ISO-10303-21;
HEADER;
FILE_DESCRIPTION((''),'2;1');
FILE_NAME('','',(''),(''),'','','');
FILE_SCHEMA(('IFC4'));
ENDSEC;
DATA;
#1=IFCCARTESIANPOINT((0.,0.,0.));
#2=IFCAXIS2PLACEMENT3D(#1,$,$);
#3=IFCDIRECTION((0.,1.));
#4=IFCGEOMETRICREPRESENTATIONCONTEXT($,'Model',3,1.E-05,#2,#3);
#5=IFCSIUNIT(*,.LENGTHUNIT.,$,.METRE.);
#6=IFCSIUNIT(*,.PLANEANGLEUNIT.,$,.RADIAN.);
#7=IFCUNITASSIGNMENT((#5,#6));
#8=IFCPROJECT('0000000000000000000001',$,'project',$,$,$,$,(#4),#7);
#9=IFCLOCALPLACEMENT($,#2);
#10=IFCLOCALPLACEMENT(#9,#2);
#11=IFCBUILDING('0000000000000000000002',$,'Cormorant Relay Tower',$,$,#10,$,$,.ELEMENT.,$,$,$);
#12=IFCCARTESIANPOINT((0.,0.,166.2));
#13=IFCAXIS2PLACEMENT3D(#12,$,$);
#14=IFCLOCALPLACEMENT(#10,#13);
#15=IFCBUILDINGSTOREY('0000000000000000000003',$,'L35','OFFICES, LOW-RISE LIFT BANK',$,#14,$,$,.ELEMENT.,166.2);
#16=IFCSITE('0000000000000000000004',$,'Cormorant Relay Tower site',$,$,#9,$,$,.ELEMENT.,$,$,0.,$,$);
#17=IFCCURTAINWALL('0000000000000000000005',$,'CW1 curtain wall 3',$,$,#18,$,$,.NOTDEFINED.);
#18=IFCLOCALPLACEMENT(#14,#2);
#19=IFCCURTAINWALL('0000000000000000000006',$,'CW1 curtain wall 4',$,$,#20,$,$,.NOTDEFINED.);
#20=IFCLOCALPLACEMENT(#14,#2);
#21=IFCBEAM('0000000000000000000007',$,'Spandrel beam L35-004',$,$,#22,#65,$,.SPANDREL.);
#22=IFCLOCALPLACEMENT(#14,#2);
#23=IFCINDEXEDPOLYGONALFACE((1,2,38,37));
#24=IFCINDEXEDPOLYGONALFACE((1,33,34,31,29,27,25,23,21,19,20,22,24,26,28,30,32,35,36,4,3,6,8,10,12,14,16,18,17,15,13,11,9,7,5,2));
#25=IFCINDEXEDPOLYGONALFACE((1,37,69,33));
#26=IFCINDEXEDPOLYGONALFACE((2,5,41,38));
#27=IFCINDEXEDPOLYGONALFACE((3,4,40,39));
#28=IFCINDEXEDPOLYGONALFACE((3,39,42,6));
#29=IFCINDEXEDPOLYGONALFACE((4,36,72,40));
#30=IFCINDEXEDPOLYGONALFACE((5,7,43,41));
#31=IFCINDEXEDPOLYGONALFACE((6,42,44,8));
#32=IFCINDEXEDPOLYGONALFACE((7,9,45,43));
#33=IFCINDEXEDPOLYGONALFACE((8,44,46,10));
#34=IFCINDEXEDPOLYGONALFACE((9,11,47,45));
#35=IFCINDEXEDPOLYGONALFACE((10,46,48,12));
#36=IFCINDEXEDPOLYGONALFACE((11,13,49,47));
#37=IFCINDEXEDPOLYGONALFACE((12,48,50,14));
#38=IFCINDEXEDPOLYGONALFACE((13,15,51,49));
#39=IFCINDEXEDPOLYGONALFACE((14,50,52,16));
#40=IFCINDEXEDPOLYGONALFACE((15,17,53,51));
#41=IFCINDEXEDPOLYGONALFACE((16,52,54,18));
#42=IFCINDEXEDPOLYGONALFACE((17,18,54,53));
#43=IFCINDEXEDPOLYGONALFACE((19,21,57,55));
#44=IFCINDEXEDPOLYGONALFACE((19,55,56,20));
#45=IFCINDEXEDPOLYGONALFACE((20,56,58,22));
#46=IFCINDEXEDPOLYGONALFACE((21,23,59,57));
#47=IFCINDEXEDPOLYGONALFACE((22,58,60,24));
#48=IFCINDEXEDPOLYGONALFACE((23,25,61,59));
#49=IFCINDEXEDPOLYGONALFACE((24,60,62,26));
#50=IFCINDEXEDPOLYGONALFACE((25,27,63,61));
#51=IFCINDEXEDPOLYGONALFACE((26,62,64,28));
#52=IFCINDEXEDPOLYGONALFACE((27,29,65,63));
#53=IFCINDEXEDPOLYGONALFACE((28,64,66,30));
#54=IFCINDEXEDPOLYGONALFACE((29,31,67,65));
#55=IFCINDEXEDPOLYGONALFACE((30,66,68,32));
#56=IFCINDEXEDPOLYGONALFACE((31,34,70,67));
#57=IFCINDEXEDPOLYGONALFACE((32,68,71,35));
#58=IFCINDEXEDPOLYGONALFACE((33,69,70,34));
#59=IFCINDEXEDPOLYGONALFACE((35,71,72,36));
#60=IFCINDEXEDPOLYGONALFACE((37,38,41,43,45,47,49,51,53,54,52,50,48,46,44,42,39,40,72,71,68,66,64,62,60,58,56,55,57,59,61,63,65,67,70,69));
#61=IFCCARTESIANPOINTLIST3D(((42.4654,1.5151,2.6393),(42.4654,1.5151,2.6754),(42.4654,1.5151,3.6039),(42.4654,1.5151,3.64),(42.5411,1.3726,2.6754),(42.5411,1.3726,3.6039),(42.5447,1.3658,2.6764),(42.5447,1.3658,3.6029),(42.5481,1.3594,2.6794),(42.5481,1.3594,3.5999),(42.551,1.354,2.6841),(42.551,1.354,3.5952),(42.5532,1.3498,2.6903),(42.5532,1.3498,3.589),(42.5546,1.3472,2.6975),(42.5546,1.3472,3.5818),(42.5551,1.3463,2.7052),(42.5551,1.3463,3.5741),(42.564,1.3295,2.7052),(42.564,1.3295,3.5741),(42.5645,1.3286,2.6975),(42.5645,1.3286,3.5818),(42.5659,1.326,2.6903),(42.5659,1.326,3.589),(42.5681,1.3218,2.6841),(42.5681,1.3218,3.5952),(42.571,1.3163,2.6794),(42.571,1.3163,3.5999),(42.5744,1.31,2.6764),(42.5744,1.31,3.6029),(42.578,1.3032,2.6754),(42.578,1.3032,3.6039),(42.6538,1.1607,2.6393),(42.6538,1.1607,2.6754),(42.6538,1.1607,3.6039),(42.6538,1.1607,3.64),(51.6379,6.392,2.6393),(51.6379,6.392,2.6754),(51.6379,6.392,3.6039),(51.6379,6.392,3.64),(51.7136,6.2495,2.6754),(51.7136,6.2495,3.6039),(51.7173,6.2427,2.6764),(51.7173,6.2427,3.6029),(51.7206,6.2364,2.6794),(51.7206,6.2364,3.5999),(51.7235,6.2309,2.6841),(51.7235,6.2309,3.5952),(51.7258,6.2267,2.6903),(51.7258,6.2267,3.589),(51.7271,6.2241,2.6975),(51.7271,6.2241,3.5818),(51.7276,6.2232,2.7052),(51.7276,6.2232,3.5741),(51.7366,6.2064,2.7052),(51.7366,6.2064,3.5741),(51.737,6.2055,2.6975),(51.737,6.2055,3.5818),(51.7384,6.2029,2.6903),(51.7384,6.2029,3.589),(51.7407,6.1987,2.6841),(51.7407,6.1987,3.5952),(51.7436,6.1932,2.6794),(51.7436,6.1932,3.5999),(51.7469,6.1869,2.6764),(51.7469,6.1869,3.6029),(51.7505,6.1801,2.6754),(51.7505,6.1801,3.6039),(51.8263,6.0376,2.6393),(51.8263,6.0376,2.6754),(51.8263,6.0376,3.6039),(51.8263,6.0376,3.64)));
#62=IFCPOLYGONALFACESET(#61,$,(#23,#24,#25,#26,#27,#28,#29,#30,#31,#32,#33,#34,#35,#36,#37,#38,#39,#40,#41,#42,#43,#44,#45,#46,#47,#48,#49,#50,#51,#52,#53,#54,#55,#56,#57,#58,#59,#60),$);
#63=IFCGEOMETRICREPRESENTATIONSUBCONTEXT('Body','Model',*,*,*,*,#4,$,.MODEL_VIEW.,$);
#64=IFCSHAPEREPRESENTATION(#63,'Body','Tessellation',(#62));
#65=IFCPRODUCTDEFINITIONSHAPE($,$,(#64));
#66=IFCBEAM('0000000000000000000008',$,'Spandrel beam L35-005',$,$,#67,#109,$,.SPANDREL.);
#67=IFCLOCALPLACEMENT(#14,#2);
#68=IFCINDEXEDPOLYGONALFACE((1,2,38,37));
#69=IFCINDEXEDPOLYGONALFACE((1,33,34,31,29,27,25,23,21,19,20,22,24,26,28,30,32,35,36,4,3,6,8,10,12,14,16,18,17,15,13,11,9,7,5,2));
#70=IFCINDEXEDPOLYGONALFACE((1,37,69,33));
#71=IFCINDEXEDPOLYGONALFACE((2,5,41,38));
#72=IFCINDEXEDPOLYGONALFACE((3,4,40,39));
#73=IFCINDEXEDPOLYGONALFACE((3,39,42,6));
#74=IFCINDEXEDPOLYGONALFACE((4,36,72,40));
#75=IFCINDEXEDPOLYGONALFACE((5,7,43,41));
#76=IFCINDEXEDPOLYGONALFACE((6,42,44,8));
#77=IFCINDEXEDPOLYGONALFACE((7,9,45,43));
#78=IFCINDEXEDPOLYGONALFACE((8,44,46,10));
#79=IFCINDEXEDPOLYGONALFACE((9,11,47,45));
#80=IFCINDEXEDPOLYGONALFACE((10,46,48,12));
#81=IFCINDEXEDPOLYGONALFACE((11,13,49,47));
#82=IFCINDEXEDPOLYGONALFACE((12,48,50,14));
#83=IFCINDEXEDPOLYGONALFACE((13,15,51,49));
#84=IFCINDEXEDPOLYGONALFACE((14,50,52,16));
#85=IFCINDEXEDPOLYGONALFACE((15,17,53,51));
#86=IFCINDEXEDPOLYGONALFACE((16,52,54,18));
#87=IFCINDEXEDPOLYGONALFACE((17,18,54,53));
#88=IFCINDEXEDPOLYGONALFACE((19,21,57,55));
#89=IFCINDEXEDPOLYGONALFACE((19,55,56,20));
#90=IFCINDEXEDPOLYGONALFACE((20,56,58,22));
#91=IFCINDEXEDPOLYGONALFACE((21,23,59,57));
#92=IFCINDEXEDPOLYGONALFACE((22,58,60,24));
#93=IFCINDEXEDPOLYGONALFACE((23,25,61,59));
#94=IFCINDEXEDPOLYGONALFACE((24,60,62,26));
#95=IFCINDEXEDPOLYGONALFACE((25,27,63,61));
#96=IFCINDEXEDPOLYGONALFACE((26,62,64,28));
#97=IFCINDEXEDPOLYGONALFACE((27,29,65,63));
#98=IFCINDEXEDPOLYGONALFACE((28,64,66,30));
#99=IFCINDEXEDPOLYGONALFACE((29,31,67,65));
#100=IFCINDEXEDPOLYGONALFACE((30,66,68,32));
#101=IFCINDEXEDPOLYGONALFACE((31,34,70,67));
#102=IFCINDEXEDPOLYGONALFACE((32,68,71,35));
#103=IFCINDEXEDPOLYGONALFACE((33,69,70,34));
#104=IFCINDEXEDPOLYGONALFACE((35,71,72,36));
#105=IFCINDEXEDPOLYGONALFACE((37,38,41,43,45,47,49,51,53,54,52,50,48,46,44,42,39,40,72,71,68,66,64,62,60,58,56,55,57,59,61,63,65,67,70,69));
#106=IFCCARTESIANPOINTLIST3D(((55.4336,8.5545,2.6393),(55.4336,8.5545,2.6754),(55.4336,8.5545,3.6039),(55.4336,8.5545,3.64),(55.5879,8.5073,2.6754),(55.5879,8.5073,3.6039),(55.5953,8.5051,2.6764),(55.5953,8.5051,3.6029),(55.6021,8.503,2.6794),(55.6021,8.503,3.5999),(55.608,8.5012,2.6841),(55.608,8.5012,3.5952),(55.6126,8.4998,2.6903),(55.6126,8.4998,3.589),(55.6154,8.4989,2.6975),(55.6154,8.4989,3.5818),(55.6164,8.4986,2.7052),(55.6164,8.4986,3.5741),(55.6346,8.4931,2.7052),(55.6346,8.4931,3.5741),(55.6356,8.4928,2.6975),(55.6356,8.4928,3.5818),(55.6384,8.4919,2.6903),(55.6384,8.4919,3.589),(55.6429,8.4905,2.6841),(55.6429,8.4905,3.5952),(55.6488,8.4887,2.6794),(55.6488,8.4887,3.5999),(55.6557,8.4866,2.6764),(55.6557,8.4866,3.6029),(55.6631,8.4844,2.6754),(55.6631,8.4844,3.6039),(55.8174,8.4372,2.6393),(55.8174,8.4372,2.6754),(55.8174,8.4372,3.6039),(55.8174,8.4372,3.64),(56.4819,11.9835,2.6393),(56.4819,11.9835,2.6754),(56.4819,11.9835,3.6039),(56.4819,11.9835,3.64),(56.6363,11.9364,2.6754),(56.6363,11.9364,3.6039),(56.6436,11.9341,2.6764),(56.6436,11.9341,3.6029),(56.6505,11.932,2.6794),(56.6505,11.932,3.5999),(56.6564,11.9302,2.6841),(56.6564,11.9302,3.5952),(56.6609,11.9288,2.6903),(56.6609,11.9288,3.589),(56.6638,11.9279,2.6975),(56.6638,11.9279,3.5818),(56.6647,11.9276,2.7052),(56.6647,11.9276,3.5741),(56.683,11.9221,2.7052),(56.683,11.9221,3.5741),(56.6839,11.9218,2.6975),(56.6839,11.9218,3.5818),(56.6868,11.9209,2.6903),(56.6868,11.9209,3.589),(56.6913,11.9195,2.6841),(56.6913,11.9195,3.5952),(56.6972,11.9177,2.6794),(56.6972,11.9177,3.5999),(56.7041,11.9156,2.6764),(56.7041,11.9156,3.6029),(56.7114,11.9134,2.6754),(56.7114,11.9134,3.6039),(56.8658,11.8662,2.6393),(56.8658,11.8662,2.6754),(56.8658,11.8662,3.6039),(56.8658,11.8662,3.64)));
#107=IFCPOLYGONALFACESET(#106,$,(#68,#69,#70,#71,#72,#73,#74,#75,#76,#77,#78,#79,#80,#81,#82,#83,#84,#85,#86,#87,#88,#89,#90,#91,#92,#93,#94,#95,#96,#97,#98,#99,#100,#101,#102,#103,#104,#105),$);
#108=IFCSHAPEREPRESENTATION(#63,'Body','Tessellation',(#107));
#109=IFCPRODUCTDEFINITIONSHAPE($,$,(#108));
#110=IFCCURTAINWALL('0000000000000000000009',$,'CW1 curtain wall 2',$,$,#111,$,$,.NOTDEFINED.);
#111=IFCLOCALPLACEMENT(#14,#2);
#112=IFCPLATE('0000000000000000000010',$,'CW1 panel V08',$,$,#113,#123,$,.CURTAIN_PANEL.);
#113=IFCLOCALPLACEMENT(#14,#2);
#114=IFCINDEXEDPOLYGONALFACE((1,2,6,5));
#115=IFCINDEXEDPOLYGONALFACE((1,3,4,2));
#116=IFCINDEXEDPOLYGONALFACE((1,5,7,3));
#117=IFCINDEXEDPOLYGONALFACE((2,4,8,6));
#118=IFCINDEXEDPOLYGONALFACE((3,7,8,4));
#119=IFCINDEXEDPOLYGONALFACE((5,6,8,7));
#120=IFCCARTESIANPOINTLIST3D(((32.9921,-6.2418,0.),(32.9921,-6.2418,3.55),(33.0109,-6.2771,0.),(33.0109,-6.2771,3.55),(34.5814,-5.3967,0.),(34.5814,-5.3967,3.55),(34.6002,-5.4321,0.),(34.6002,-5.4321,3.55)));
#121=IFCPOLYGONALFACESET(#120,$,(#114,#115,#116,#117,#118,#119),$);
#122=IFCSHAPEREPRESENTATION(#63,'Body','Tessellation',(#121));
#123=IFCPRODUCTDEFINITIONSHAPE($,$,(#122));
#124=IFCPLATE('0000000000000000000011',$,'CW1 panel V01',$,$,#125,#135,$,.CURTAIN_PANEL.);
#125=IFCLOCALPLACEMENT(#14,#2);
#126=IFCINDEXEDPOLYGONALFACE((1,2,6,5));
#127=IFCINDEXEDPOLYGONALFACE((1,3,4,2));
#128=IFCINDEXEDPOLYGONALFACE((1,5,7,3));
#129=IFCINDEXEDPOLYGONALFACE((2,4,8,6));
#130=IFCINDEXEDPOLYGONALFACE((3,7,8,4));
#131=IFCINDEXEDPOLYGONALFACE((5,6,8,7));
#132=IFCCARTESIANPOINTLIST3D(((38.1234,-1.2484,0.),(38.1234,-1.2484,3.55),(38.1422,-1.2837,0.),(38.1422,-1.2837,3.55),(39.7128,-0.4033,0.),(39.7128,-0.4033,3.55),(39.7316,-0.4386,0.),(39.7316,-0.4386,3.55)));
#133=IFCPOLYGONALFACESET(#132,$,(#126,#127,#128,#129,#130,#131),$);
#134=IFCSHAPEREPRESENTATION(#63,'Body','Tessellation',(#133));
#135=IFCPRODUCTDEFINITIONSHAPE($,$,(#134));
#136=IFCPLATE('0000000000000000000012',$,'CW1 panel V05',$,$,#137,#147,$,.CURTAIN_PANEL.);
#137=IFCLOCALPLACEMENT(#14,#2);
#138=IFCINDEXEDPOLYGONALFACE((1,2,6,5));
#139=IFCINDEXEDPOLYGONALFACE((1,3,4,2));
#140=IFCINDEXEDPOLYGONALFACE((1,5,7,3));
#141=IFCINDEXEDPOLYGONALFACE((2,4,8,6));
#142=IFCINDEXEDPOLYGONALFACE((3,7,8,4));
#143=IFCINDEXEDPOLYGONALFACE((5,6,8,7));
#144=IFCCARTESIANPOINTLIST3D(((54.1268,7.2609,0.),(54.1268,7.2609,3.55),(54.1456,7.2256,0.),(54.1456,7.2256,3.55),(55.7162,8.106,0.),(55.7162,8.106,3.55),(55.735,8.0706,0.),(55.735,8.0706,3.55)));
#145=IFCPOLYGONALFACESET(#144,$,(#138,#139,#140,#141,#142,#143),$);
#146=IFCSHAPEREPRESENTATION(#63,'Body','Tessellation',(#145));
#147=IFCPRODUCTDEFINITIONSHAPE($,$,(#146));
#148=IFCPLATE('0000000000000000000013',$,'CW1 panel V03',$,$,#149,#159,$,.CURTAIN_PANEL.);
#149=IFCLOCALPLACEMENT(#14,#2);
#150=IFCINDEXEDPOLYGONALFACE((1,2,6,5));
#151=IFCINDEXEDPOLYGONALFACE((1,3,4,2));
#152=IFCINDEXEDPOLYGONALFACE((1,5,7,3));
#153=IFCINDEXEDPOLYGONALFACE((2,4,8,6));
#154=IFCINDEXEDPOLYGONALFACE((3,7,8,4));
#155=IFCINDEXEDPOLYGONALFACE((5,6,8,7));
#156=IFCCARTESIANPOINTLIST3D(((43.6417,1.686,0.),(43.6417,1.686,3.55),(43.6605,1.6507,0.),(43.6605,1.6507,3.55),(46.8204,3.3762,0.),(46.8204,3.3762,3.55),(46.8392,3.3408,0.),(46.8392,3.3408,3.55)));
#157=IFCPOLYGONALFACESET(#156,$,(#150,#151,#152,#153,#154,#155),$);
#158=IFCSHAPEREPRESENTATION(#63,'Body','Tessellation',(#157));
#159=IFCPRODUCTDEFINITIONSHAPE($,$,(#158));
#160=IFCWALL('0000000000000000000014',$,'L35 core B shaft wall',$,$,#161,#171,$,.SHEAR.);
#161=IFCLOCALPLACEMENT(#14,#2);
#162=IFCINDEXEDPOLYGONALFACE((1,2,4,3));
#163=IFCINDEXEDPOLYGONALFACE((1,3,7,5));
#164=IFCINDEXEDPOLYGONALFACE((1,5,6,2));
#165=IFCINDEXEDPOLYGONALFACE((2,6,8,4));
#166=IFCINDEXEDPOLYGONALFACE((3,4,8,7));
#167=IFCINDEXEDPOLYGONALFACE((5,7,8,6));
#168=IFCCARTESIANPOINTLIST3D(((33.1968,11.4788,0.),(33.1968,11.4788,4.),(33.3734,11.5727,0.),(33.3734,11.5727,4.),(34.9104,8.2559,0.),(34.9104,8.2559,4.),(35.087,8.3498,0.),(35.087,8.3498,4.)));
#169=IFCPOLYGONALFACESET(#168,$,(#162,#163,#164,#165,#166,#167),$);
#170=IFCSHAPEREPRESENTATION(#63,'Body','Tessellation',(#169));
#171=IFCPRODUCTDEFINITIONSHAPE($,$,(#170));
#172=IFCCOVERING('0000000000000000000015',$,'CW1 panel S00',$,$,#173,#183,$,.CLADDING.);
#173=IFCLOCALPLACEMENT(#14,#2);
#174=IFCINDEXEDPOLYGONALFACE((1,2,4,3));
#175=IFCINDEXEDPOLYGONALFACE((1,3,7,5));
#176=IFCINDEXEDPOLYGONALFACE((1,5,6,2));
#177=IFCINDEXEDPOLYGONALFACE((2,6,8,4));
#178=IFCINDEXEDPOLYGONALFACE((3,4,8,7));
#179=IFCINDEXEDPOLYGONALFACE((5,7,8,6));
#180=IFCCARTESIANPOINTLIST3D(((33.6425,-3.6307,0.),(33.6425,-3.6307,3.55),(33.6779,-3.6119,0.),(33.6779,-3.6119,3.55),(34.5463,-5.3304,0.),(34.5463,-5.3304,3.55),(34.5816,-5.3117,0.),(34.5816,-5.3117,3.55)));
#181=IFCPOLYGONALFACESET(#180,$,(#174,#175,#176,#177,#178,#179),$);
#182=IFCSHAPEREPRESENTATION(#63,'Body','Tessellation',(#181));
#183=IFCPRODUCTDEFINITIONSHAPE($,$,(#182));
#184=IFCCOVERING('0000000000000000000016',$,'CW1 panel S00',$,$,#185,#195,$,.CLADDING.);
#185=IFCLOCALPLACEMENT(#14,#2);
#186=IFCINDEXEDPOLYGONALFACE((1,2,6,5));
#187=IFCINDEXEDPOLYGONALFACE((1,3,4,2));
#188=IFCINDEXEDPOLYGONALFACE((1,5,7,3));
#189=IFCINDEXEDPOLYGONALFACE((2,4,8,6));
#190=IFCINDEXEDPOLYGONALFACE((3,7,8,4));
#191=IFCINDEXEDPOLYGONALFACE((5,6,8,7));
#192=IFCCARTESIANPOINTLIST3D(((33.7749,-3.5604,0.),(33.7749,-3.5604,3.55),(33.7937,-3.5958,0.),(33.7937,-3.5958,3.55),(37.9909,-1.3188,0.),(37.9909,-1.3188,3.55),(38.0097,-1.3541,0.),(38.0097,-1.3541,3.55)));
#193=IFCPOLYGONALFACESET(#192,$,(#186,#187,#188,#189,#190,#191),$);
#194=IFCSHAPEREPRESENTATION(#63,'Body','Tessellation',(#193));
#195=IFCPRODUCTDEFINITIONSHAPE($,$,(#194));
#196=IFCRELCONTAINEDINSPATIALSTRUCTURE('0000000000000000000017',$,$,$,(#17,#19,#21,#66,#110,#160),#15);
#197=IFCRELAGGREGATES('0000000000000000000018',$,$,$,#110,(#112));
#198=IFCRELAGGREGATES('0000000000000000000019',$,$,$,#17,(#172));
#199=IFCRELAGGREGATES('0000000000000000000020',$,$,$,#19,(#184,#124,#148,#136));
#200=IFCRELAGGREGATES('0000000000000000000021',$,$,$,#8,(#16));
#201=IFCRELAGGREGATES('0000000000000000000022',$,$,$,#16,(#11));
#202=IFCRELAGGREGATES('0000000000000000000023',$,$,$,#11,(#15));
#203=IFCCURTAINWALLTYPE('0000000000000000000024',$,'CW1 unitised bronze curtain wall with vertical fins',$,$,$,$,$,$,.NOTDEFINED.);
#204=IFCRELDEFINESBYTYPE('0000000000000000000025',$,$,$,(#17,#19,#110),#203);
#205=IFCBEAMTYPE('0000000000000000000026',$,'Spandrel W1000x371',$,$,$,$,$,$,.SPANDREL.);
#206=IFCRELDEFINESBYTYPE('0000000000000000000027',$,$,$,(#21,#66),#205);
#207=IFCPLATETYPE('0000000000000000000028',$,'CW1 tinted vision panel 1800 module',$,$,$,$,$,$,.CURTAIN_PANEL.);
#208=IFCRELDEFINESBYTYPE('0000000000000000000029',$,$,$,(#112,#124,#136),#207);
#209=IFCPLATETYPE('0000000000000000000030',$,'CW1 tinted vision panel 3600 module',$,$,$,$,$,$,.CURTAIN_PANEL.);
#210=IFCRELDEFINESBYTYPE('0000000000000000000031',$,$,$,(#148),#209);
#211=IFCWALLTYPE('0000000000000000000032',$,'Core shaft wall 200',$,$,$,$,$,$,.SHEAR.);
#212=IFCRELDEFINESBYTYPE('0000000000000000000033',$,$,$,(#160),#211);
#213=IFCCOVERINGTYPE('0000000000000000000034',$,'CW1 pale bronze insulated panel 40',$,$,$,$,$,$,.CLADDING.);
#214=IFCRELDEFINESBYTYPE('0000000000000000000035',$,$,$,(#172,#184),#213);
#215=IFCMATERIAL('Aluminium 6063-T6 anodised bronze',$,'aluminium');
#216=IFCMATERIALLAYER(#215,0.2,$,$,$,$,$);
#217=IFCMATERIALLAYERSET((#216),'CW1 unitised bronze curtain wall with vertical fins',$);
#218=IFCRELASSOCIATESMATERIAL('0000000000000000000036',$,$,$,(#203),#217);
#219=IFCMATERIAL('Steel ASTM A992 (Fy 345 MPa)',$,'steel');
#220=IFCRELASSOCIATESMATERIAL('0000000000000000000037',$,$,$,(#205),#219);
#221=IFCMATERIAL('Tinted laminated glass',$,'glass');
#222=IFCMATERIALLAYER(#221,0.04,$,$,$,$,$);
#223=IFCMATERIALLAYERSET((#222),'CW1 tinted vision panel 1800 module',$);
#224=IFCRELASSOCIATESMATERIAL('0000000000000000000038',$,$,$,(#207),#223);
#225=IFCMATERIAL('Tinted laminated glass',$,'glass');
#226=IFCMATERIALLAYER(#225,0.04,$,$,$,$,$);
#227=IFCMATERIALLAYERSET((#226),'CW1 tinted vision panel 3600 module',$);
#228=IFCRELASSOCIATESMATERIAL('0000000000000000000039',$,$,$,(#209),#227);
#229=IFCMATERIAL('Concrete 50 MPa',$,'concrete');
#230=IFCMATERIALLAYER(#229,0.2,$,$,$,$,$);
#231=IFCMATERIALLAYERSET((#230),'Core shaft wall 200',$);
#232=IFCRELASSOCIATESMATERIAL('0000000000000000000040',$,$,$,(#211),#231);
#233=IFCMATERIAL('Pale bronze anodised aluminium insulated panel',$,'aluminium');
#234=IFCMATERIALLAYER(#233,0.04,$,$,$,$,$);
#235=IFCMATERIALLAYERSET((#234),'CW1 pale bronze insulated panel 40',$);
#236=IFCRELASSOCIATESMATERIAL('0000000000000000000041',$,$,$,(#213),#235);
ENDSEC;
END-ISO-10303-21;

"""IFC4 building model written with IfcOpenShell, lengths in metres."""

from ifc_helpers import new_model, si_unit, direction, frame, frame_2d, origin, origin_2d, place, context, subcontext, project, spatial, rectangle, i_section, extrude, material, layer, layer_set, material_profile, profile_set, type_object, element, aggregate, save


model = new_model("IFC4")

# Units and contexts
model_context = context("Model", 3, precision=1e-05, world=origin(), true_north=direction((0.0, 1.0)))
body_context = subcontext(model_context, "Body", "Model", "MODEL_VIEW")
ifc_project = project(units=[si_unit("LENGTHUNIT", "METRE"), si_unit("PLANEANGLEUNIT", "RADIAN")], contexts=[model_context])

# Site, building, storey
site_placement = place(None, origin())
site = spatial("IfcSite", under=ifc_project, at=site_placement, Name="Cormorant Relay Tower site", CompositionType="ELEMENT", RefElevation=0.0)
building_placement = place(site_placement, origin())
building = spatial("IfcBuilding", under=site, at=building_placement, Name="Cormorant Relay Tower", CompositionType="ELEMENT")
storey_placement = place(building_placement, frame((0.0, 0.0, 166.2)))
storey = spatial("IfcBuildingStorey", under=building, at=storey_placement, Name="L35", Description="OFFICES, LOW-RISE LIFT BANK", CompositionType="ELEMENT", Elevation=166.2)

# Curtain wall
ifc_material_1 = material(Name="Aluminium 6063-T6 anodised bronze", Category="aluminium")
ifc_layer_1 = layer(ifc_material_1, 0.2)
ifc_layer_set_1 = layer_set([ifc_layer_1], Name="CW1 unitised bronze curtain wall with vertical fins")
curtain_wall_type = type_object("IfcCurtainWallType", Name="CW1 unitised bronze curtain wall with vertical fins", PredefinedType="NOTDEFINED", material=ifc_layer_set_1)
curtain_wall_1_placement = place(storey_placement, origin())
curtain_wall_1 = element("IfcCurtainWall", 1, at=curtain_wall_1_placement, inside=storey, type_object=curtain_wall_type, Name="CW1 curtain wall 3", PredefinedType="NOTDEFINED")

# Curtain wall
curtain_wall_2_placement = place(storey_placement, origin())
curtain_wall_2 = element("IfcCurtainWall", 2, at=curtain_wall_2_placement, inside=storey, type_object=curtain_wall_type, Name="CW1 curtain wall 4", PredefinedType="NOTDEFINED")

# Beams
ifc_material_2 = material(Name="Steel ASTM A992 (Fy 345 MPa)", Category="steel")
ifc_material_profile_1 = material_profile(ifc_material_2, i_section(OverallWidth=0.4014, OverallDepth=1.0007, WebThickness=0.019, FlangeThickness=0.0361, FilletRadius=0.0298, at=origin_2d()), Name="W1000x371")
ifc_profile_set_1 = profile_set([ifc_material_profile_1], Name="Steel ASTM A992 (Fy 345 MPa)")
beam_type = type_object("IfcBeamType", Name="Spandrel W1000x371", PredefinedType="SPANDREL", material=ifc_profile_set_1)
beam_1_placement = place(storey_placement, frame((42.5596, 1.3379, 3.1396), z_axis=(0.882956, 0.469456, 0.0), x_axis=(-0.469456, 0.882956, 0.0)))
element("IfcBeam", 3, at=beam_1_placement, inside=storey, type_object=beam_type, Name="Spandrel beam L35-004", PredefinedType="SPANDREL", context=body_context, shape_type="SweptSolid", body=[
    extrude(i_section(OverallWidth=0.4014, OverallDepth=1.0007, WebThickness=0.019, FlangeThickness=0.0361, FilletRadius=0.0298, at=origin_2d()), origin(), (0.0, 0.0, 1.0), 10.3884),
])
beam_2_placement = place(storey_placement, frame((55.6255, 8.4958, 3.1396), z_axis=(0.292372, 0.956305, 0.0), x_axis=(-0.956305, 0.292372, 0.0)))
element("IfcBeam", 4, at=beam_2_placement, inside=storey, type_object=beam_type, Name="Spandrel beam L35-005", PredefinedType="SPANDREL", context=body_context, shape_type="SweptSolid", body=[
    extrude(i_section(OverallWidth=0.4014, OverallDepth=1.0007, WebThickness=0.019, FlangeThickness=0.0361, FilletRadius=0.0298, at=origin_2d()), origin(), (0.0, 0.0, 1.0), 3.5857),
])

# Curtain wall, plate
curtain_wall_3_placement = place(storey_placement, origin())
curtain_wall_3 = element("IfcCurtainWall", 5, at=curtain_wall_3_placement, inside=storey, type_object=curtain_wall_type, Name="CW1 curtain wall 2", PredefinedType="NOTDEFINED")
ifc_material_3 = material(Name="Tinted laminated glass", Category="glass")
ifc_layer_2 = layer(ifc_material_3, 0.04)
ifc_layer_set_2 = layer_set([ifc_layer_2], Name="CW1 tinted vision panel 1800 module")
plate_type_1 = type_object("IfcPlateType", Name="CW1 tinted vision panel 1800 module", PredefinedType="CURTAIN_PANEL", material=ifc_layer_set_2)
plate_1_placement = place(storey_placement, frame((33.7961, -5.8369, 0.0), z_axis=(0.0, 0.0, 1.0), x_axis=(0.882948, 0.469472, 0.0)))
plate_1 = element("IfcPlate", 6, at=plate_1_placement, type_object=plate_type_1, Name="CW1 panel V08", PredefinedType="CURTAIN_PANEL", context=body_context, shape_type="SweptSolid", body=[
    extrude(rectangle(XDim=1.8, YDim=0.04, at=origin_2d()), origin(), (0.0, 0.0, 1.0), 3.55),
])
aggregate(curtain_wall_3, [plate_1])

# Plates
plate_2_placement = place(storey_placement, frame((38.9275, -0.8435, 0.0), z_axis=(0.0, 0.0, 1.0), x_axis=(0.882948, 0.469472, 0.0)))
plate_2 = element("IfcPlate", 7, at=plate_2_placement, type_object=plate_type_1, Name="CW1 panel V01", PredefinedType="CURTAIN_PANEL", context=body_context, shape_type="SweptSolid", body=[
    extrude(rectangle(XDim=1.8, YDim=0.04, at=origin_2d()), origin(), (0.0, 0.0, 1.0), 3.55),
])
plate_3_placement = place(storey_placement, frame((54.9309, 7.6658, 0.0), z_axis=(0.0, 0.0, 1.0), x_axis=(0.882948, 0.469472, 0.0)))
plate_3 = element("IfcPlate", 8, at=plate_3_placement, type_object=plate_type_1, Name="CW1 panel V05", PredefinedType="CURTAIN_PANEL", context=body_context, shape_type="SweptSolid", body=[
    extrude(rectangle(XDim=1.8, YDim=0.04, at=origin_2d()), origin(), (0.0, 0.0, 1.0), 3.55),
])
ifc_material_4 = material(Name="Tinted laminated glass", Category="glass")
ifc_layer_3 = layer(ifc_material_4, 0.04)
ifc_layer_set_3 = layer_set([ifc_layer_3], Name="CW1 tinted vision panel 3600 module")
plate_type_2 = type_object("IfcPlateType", Name="CW1 tinted vision panel 3600 module", PredefinedType="CURTAIN_PANEL", material=ifc_layer_set_3)
plate_4_placement = place(storey_placement, frame((45.2405, 2.5134, 0.0), z_axis=(0.0, 0.0, 1.0), x_axis=(0.882948, 0.469472, 0.0)))
plate_4 = element("IfcPlate", 9, at=plate_4_placement, type_object=plate_type_2, Name="CW1 panel V03", PredefinedType="CURTAIN_PANEL", context=body_context, shape_type="SweptSolid", body=[
    extrude(rectangle(XDim=3.6001, YDim=0.04, at=origin_2d()), origin(), (0.0, 0.0, 1.0), 3.55),
])

# Wall
ifc_material_5 = material(Name="Concrete 50 MPa", Category="concrete")
ifc_layer_4 = layer(ifc_material_5, 0.2)
ifc_layer_set_4 = layer_set([ifc_layer_4], Name="Core shaft wall 200")
wall_type_1 = type_object("IfcWallType", Name="Core shaft wall 200", PredefinedType="SHEAR", material=ifc_layer_set_4)
wall_1_placement = place(storey_placement, frame((34.9988, 8.3027, 0.0), z_axis=(0.0, 0.0, 1.0), x_axis=(-0.469467, 0.88295, 0.0)))
element("IfcWall", 10, at=wall_1_placement, inside=storey, type_object=wall_type_1, Name="L35 core B shaft wall", PredefinedType="SHEAR", context=body_context, shape_type="SweptSolid", body=[
    extrude(rectangle(XDim=3.6501, YDim=0.2, at=frame_2d((1.8252, 0.0))), origin(), (0.0, 0.0, 1.0), 4.0),
])

# Coverings
ifc_material_6 = material(Name="Pale bronze anodised aluminium insulated panel", Category="aluminium")
ifc_layer_5 = layer(ifc_material_6, 0.04)
ifc_layer_set_5 = layer_set([ifc_layer_5], Name="CW1 pale bronze insulated panel 40")
covering_type = type_object("IfcCoveringType", Name="CW1 pale bronze insulated panel 40", PredefinedType="CLADDING", material=ifc_layer_set_5)
covering_1_placement = place(storey_placement, frame((34.1121, -4.4712, 0.0), z_axis=(0.0, 0.0, 1.0), x_axis=(-0.469472, 0.882948, 0.0)))
covering_1 = element("IfcCovering", 11, at=covering_1_placement, type_object=covering_type, Name="CW1 panel S00", PredefinedType="CLADDING", context=body_context, shape_type="SweptSolid", body=[
    extrude(rectangle(XDim=1.925, YDim=0.04, at=origin_2d()), origin(), (0.0, 0.0, 1.0), 3.55),
])
aggregate(curtain_wall_1, [covering_1])
covering_2_placement = place(storey_placement, frame((35.8923, -2.4573, 0.0), z_axis=(0.0, 0.0, 1.0), x_axis=(0.882948, 0.469472, 0.0)))
covering_2 = element("IfcCovering", 12, at=covering_2_placement, type_object=covering_type, Name="CW1 panel S00", PredefinedType="CLADDING", context=body_context, shape_type="SweptSolid", body=[
    extrude(rectangle(XDim=4.7749, YDim=0.04, at=origin_2d()), origin(), (0.0, 0.0, 1.0), 3.55),
])
aggregate(curtain_wall_2, [covering_2, plate_2, plate_4, plate_3])

save(model, "model.ifc")
